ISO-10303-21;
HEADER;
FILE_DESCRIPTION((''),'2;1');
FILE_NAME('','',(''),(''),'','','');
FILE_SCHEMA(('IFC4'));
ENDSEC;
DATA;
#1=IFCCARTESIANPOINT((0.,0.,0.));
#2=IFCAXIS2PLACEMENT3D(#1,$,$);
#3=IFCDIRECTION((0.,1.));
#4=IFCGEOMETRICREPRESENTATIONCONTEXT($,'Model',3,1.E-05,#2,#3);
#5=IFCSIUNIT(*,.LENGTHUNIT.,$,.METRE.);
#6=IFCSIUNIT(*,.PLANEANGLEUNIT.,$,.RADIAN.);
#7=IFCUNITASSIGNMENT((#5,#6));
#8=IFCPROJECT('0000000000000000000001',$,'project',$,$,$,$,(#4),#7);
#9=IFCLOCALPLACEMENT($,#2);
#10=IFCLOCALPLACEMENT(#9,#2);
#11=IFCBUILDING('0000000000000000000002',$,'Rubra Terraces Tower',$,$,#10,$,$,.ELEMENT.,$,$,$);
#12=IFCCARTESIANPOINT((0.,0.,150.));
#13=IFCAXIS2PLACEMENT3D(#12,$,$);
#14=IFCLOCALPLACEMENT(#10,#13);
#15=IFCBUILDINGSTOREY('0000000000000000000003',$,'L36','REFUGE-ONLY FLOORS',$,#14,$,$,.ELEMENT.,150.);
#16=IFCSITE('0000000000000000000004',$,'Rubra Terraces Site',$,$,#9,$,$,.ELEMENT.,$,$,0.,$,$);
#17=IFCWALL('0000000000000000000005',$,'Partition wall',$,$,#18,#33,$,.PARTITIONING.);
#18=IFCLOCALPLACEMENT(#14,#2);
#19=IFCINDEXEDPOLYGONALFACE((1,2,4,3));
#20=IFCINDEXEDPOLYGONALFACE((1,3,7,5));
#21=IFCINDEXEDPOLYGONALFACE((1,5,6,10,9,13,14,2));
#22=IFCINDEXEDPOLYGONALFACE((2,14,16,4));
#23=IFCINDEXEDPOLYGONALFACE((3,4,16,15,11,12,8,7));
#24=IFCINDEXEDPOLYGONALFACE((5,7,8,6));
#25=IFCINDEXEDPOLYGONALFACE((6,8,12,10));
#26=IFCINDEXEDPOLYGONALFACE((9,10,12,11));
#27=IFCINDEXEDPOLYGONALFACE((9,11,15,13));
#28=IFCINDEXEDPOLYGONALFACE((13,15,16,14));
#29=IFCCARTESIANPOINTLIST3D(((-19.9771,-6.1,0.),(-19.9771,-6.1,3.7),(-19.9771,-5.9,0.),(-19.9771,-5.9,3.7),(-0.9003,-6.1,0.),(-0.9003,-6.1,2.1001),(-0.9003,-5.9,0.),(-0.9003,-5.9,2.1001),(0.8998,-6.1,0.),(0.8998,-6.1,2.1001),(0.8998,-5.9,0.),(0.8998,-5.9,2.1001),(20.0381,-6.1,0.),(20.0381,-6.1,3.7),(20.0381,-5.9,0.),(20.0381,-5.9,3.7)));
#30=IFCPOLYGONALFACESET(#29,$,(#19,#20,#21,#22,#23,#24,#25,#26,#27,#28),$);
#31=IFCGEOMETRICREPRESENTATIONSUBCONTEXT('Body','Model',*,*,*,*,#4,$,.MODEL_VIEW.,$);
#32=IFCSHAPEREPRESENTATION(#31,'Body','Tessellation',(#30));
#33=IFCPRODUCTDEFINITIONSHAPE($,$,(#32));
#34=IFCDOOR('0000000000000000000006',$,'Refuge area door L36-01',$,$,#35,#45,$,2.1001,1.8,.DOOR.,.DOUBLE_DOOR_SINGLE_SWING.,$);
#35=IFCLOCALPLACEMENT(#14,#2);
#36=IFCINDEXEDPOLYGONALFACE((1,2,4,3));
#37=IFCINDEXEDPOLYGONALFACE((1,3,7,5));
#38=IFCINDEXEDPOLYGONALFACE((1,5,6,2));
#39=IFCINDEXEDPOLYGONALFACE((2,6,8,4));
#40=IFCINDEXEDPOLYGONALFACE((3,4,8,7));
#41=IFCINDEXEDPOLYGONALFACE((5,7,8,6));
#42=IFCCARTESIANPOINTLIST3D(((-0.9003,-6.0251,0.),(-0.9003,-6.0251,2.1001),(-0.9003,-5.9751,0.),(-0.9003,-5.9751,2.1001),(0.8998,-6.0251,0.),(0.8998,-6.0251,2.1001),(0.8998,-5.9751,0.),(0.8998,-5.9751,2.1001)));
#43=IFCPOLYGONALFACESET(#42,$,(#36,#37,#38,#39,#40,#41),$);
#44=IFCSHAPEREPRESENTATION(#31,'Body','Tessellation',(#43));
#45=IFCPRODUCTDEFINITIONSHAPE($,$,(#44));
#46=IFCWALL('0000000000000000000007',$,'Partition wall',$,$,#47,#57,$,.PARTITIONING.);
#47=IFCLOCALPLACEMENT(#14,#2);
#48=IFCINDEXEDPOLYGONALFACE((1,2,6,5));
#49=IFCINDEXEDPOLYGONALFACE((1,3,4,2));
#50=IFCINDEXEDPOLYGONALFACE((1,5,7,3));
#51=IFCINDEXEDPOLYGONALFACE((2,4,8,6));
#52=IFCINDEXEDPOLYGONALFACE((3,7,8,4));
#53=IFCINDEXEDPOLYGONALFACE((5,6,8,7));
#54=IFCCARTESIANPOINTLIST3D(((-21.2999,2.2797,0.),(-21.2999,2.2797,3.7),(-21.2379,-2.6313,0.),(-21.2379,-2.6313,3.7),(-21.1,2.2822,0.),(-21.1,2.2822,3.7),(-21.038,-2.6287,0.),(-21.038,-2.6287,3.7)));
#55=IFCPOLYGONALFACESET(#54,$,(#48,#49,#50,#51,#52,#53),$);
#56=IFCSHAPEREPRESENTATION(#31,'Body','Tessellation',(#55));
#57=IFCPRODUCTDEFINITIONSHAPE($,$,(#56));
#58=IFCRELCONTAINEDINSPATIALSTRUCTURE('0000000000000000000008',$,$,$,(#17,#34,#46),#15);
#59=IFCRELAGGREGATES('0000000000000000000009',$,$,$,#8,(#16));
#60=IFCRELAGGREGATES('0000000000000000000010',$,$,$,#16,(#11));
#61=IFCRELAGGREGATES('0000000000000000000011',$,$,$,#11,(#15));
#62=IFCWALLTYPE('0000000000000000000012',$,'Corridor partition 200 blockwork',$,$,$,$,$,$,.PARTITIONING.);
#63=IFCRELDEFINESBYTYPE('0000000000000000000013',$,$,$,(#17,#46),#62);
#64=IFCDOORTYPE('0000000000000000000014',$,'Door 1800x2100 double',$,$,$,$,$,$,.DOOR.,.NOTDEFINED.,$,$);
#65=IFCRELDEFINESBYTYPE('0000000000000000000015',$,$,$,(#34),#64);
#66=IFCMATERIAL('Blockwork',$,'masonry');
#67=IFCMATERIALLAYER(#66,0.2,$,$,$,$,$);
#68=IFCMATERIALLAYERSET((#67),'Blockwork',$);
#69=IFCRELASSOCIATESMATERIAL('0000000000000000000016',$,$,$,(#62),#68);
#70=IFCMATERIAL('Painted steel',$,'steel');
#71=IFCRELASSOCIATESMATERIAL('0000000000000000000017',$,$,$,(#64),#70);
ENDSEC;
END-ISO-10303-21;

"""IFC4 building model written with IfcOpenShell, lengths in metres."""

from ifc_helpers import new_model, si_unit, direction, frame, frame_2d, origin, place, context, subcontext, project, spatial, rectangle, extrude, material, layer, layer_set, type_object, element, fill, save


model = new_model("IFC4")

# Units and contexts
model_context = context("Model", 3, precision=1e-05, world=origin(), true_north=direction((0.0, 1.0)))
body_context = subcontext(model_context, "Body", "Model", "MODEL_VIEW")
ifc_project = project(units=[si_unit("LENGTHUNIT", "METRE"), si_unit("PLANEANGLEUNIT", "RADIAN")], contexts=[model_context])

# Site, building, storey
site_placement = place(None, origin())
site = spatial("IfcSite", under=ifc_project, at=site_placement, Name="Rubra Terraces Site", CompositionType="ELEMENT", RefElevation=0.0)
building_placement = place(site_placement, origin())
building = spatial("IfcBuilding", under=site, at=building_placement, Name="Rubra Terraces Tower", CompositionType="ELEMENT")
storey_placement = place(building_placement, frame((0.0, 0.0, 150.0)))
storey = spatial("IfcBuildingStorey", under=building, at=storey_placement, Name="L36", Description="REFUGE-ONLY FLOORS", CompositionType="ELEMENT", Elevation=150.0)

# Shared definitions
ifc_material_1 = material(Name="Painted steel", Category="steel")

# Shared definitions
ifc_material_2 = material(Name="Blockwork", Category="masonry")
ifc_layer_1 = layer(ifc_material_2, 0.2)
ifc_layer_set_1 = layer_set([ifc_layer_1], Name="Blockwork")
wall_type_1 = type_object("IfcWallType", Name="Corridor partition 200 blockwork", PredefinedType="PARTITIONING", material=ifc_layer_set_1)

# Wall, opening, door
wall_1_placement = place(storey_placement, frame((-19.9771, -6.0, 0.0), z_axis=(0.0, 0.0, 1.0), x_axis=(1.0, 0.0, 0.0)))
wall_1 = element("IfcWall", 1, at=wall_1_placement, inside=storey, type_object=wall_type_1, Name="Partition wall", PredefinedType="PARTITIONING", context=body_context, shape_type="SweptSolid", body=[
    extrude(rectangle(XDim=40.0151, YDim=0.2, at=frame_2d((20.0076, 0.0))), origin(), (0.0, 0.0, 1.0), 3.7),
])
opening_1_placement = place(wall_1_placement, frame((19.0769, 0.0, 0.0)))
opening_1 = element("IfcOpeningElement", 2, at=opening_1_placement, cuts=wall_1, PredefinedType="OPENING", context=body_context, shape_type="SweptSolid", body=[
    extrude(rectangle(XDim=1.8, YDim=2.1001, at=frame_2d((0.8999, 1.05))), frame((0.0, 0.1099, 0.0), z_axis=(0.0, -1.0, 0.0), x_axis=(1.0, 0.0, 0.0)), (0.0, 0.0, 1.0), 0.22),
])
door_type_1 = type_object("IfcDoorType", Name="Door 1800x2100 double", OperationType="NOTDEFINED", PredefinedType="DOOR", material=ifc_material_1)
door_1_placement = place(opening_1_placement, origin())
door_1 = element("IfcDoor", 3, at=door_1_placement, inside=storey, type_object=door_type_1, Name="Refuge area door L36-01", OperationType="DOUBLE_DOOR_SINGLE_SWING", OverallHeight=2.1001, OverallWidth=1.8, PredefinedType="DOOR", context=body_context, shape_type="SweptSolid", body=[
    extrude(rectangle(XDim=1.8, YDim=2.1001, at=frame_2d((0.8999, 1.05))), frame((0.0, 0.0249, 0.0), z_axis=(0.0, -1.0, 0.0), x_axis=(1.0, 0.0, 0.0)), (0.0, 0.0, 1.0), 0.05),
])
fill(opening_1, door_1)

# Wall
wall_2_placement = place(storey_placement, frame((-21.1379, -2.6299, 0.0), z_axis=(0.0, 0.0, 1.0), x_axis=(-0.012626, 0.99992, 0.0)))
element("IfcWall", 4, at=wall_2_placement, inside=storey, type_object=wall_type_1, Name="Partition wall", PredefinedType="PARTITIONING", context=body_context, shape_type="SweptSolid", body=[
    extrude(rectangle(XDim=4.9114, YDim=0.2, at=frame_2d((2.4556, 0.0))), origin(), (0.0, 0.0, 1.0), 3.7),
])

save(model, "model.ifc")
